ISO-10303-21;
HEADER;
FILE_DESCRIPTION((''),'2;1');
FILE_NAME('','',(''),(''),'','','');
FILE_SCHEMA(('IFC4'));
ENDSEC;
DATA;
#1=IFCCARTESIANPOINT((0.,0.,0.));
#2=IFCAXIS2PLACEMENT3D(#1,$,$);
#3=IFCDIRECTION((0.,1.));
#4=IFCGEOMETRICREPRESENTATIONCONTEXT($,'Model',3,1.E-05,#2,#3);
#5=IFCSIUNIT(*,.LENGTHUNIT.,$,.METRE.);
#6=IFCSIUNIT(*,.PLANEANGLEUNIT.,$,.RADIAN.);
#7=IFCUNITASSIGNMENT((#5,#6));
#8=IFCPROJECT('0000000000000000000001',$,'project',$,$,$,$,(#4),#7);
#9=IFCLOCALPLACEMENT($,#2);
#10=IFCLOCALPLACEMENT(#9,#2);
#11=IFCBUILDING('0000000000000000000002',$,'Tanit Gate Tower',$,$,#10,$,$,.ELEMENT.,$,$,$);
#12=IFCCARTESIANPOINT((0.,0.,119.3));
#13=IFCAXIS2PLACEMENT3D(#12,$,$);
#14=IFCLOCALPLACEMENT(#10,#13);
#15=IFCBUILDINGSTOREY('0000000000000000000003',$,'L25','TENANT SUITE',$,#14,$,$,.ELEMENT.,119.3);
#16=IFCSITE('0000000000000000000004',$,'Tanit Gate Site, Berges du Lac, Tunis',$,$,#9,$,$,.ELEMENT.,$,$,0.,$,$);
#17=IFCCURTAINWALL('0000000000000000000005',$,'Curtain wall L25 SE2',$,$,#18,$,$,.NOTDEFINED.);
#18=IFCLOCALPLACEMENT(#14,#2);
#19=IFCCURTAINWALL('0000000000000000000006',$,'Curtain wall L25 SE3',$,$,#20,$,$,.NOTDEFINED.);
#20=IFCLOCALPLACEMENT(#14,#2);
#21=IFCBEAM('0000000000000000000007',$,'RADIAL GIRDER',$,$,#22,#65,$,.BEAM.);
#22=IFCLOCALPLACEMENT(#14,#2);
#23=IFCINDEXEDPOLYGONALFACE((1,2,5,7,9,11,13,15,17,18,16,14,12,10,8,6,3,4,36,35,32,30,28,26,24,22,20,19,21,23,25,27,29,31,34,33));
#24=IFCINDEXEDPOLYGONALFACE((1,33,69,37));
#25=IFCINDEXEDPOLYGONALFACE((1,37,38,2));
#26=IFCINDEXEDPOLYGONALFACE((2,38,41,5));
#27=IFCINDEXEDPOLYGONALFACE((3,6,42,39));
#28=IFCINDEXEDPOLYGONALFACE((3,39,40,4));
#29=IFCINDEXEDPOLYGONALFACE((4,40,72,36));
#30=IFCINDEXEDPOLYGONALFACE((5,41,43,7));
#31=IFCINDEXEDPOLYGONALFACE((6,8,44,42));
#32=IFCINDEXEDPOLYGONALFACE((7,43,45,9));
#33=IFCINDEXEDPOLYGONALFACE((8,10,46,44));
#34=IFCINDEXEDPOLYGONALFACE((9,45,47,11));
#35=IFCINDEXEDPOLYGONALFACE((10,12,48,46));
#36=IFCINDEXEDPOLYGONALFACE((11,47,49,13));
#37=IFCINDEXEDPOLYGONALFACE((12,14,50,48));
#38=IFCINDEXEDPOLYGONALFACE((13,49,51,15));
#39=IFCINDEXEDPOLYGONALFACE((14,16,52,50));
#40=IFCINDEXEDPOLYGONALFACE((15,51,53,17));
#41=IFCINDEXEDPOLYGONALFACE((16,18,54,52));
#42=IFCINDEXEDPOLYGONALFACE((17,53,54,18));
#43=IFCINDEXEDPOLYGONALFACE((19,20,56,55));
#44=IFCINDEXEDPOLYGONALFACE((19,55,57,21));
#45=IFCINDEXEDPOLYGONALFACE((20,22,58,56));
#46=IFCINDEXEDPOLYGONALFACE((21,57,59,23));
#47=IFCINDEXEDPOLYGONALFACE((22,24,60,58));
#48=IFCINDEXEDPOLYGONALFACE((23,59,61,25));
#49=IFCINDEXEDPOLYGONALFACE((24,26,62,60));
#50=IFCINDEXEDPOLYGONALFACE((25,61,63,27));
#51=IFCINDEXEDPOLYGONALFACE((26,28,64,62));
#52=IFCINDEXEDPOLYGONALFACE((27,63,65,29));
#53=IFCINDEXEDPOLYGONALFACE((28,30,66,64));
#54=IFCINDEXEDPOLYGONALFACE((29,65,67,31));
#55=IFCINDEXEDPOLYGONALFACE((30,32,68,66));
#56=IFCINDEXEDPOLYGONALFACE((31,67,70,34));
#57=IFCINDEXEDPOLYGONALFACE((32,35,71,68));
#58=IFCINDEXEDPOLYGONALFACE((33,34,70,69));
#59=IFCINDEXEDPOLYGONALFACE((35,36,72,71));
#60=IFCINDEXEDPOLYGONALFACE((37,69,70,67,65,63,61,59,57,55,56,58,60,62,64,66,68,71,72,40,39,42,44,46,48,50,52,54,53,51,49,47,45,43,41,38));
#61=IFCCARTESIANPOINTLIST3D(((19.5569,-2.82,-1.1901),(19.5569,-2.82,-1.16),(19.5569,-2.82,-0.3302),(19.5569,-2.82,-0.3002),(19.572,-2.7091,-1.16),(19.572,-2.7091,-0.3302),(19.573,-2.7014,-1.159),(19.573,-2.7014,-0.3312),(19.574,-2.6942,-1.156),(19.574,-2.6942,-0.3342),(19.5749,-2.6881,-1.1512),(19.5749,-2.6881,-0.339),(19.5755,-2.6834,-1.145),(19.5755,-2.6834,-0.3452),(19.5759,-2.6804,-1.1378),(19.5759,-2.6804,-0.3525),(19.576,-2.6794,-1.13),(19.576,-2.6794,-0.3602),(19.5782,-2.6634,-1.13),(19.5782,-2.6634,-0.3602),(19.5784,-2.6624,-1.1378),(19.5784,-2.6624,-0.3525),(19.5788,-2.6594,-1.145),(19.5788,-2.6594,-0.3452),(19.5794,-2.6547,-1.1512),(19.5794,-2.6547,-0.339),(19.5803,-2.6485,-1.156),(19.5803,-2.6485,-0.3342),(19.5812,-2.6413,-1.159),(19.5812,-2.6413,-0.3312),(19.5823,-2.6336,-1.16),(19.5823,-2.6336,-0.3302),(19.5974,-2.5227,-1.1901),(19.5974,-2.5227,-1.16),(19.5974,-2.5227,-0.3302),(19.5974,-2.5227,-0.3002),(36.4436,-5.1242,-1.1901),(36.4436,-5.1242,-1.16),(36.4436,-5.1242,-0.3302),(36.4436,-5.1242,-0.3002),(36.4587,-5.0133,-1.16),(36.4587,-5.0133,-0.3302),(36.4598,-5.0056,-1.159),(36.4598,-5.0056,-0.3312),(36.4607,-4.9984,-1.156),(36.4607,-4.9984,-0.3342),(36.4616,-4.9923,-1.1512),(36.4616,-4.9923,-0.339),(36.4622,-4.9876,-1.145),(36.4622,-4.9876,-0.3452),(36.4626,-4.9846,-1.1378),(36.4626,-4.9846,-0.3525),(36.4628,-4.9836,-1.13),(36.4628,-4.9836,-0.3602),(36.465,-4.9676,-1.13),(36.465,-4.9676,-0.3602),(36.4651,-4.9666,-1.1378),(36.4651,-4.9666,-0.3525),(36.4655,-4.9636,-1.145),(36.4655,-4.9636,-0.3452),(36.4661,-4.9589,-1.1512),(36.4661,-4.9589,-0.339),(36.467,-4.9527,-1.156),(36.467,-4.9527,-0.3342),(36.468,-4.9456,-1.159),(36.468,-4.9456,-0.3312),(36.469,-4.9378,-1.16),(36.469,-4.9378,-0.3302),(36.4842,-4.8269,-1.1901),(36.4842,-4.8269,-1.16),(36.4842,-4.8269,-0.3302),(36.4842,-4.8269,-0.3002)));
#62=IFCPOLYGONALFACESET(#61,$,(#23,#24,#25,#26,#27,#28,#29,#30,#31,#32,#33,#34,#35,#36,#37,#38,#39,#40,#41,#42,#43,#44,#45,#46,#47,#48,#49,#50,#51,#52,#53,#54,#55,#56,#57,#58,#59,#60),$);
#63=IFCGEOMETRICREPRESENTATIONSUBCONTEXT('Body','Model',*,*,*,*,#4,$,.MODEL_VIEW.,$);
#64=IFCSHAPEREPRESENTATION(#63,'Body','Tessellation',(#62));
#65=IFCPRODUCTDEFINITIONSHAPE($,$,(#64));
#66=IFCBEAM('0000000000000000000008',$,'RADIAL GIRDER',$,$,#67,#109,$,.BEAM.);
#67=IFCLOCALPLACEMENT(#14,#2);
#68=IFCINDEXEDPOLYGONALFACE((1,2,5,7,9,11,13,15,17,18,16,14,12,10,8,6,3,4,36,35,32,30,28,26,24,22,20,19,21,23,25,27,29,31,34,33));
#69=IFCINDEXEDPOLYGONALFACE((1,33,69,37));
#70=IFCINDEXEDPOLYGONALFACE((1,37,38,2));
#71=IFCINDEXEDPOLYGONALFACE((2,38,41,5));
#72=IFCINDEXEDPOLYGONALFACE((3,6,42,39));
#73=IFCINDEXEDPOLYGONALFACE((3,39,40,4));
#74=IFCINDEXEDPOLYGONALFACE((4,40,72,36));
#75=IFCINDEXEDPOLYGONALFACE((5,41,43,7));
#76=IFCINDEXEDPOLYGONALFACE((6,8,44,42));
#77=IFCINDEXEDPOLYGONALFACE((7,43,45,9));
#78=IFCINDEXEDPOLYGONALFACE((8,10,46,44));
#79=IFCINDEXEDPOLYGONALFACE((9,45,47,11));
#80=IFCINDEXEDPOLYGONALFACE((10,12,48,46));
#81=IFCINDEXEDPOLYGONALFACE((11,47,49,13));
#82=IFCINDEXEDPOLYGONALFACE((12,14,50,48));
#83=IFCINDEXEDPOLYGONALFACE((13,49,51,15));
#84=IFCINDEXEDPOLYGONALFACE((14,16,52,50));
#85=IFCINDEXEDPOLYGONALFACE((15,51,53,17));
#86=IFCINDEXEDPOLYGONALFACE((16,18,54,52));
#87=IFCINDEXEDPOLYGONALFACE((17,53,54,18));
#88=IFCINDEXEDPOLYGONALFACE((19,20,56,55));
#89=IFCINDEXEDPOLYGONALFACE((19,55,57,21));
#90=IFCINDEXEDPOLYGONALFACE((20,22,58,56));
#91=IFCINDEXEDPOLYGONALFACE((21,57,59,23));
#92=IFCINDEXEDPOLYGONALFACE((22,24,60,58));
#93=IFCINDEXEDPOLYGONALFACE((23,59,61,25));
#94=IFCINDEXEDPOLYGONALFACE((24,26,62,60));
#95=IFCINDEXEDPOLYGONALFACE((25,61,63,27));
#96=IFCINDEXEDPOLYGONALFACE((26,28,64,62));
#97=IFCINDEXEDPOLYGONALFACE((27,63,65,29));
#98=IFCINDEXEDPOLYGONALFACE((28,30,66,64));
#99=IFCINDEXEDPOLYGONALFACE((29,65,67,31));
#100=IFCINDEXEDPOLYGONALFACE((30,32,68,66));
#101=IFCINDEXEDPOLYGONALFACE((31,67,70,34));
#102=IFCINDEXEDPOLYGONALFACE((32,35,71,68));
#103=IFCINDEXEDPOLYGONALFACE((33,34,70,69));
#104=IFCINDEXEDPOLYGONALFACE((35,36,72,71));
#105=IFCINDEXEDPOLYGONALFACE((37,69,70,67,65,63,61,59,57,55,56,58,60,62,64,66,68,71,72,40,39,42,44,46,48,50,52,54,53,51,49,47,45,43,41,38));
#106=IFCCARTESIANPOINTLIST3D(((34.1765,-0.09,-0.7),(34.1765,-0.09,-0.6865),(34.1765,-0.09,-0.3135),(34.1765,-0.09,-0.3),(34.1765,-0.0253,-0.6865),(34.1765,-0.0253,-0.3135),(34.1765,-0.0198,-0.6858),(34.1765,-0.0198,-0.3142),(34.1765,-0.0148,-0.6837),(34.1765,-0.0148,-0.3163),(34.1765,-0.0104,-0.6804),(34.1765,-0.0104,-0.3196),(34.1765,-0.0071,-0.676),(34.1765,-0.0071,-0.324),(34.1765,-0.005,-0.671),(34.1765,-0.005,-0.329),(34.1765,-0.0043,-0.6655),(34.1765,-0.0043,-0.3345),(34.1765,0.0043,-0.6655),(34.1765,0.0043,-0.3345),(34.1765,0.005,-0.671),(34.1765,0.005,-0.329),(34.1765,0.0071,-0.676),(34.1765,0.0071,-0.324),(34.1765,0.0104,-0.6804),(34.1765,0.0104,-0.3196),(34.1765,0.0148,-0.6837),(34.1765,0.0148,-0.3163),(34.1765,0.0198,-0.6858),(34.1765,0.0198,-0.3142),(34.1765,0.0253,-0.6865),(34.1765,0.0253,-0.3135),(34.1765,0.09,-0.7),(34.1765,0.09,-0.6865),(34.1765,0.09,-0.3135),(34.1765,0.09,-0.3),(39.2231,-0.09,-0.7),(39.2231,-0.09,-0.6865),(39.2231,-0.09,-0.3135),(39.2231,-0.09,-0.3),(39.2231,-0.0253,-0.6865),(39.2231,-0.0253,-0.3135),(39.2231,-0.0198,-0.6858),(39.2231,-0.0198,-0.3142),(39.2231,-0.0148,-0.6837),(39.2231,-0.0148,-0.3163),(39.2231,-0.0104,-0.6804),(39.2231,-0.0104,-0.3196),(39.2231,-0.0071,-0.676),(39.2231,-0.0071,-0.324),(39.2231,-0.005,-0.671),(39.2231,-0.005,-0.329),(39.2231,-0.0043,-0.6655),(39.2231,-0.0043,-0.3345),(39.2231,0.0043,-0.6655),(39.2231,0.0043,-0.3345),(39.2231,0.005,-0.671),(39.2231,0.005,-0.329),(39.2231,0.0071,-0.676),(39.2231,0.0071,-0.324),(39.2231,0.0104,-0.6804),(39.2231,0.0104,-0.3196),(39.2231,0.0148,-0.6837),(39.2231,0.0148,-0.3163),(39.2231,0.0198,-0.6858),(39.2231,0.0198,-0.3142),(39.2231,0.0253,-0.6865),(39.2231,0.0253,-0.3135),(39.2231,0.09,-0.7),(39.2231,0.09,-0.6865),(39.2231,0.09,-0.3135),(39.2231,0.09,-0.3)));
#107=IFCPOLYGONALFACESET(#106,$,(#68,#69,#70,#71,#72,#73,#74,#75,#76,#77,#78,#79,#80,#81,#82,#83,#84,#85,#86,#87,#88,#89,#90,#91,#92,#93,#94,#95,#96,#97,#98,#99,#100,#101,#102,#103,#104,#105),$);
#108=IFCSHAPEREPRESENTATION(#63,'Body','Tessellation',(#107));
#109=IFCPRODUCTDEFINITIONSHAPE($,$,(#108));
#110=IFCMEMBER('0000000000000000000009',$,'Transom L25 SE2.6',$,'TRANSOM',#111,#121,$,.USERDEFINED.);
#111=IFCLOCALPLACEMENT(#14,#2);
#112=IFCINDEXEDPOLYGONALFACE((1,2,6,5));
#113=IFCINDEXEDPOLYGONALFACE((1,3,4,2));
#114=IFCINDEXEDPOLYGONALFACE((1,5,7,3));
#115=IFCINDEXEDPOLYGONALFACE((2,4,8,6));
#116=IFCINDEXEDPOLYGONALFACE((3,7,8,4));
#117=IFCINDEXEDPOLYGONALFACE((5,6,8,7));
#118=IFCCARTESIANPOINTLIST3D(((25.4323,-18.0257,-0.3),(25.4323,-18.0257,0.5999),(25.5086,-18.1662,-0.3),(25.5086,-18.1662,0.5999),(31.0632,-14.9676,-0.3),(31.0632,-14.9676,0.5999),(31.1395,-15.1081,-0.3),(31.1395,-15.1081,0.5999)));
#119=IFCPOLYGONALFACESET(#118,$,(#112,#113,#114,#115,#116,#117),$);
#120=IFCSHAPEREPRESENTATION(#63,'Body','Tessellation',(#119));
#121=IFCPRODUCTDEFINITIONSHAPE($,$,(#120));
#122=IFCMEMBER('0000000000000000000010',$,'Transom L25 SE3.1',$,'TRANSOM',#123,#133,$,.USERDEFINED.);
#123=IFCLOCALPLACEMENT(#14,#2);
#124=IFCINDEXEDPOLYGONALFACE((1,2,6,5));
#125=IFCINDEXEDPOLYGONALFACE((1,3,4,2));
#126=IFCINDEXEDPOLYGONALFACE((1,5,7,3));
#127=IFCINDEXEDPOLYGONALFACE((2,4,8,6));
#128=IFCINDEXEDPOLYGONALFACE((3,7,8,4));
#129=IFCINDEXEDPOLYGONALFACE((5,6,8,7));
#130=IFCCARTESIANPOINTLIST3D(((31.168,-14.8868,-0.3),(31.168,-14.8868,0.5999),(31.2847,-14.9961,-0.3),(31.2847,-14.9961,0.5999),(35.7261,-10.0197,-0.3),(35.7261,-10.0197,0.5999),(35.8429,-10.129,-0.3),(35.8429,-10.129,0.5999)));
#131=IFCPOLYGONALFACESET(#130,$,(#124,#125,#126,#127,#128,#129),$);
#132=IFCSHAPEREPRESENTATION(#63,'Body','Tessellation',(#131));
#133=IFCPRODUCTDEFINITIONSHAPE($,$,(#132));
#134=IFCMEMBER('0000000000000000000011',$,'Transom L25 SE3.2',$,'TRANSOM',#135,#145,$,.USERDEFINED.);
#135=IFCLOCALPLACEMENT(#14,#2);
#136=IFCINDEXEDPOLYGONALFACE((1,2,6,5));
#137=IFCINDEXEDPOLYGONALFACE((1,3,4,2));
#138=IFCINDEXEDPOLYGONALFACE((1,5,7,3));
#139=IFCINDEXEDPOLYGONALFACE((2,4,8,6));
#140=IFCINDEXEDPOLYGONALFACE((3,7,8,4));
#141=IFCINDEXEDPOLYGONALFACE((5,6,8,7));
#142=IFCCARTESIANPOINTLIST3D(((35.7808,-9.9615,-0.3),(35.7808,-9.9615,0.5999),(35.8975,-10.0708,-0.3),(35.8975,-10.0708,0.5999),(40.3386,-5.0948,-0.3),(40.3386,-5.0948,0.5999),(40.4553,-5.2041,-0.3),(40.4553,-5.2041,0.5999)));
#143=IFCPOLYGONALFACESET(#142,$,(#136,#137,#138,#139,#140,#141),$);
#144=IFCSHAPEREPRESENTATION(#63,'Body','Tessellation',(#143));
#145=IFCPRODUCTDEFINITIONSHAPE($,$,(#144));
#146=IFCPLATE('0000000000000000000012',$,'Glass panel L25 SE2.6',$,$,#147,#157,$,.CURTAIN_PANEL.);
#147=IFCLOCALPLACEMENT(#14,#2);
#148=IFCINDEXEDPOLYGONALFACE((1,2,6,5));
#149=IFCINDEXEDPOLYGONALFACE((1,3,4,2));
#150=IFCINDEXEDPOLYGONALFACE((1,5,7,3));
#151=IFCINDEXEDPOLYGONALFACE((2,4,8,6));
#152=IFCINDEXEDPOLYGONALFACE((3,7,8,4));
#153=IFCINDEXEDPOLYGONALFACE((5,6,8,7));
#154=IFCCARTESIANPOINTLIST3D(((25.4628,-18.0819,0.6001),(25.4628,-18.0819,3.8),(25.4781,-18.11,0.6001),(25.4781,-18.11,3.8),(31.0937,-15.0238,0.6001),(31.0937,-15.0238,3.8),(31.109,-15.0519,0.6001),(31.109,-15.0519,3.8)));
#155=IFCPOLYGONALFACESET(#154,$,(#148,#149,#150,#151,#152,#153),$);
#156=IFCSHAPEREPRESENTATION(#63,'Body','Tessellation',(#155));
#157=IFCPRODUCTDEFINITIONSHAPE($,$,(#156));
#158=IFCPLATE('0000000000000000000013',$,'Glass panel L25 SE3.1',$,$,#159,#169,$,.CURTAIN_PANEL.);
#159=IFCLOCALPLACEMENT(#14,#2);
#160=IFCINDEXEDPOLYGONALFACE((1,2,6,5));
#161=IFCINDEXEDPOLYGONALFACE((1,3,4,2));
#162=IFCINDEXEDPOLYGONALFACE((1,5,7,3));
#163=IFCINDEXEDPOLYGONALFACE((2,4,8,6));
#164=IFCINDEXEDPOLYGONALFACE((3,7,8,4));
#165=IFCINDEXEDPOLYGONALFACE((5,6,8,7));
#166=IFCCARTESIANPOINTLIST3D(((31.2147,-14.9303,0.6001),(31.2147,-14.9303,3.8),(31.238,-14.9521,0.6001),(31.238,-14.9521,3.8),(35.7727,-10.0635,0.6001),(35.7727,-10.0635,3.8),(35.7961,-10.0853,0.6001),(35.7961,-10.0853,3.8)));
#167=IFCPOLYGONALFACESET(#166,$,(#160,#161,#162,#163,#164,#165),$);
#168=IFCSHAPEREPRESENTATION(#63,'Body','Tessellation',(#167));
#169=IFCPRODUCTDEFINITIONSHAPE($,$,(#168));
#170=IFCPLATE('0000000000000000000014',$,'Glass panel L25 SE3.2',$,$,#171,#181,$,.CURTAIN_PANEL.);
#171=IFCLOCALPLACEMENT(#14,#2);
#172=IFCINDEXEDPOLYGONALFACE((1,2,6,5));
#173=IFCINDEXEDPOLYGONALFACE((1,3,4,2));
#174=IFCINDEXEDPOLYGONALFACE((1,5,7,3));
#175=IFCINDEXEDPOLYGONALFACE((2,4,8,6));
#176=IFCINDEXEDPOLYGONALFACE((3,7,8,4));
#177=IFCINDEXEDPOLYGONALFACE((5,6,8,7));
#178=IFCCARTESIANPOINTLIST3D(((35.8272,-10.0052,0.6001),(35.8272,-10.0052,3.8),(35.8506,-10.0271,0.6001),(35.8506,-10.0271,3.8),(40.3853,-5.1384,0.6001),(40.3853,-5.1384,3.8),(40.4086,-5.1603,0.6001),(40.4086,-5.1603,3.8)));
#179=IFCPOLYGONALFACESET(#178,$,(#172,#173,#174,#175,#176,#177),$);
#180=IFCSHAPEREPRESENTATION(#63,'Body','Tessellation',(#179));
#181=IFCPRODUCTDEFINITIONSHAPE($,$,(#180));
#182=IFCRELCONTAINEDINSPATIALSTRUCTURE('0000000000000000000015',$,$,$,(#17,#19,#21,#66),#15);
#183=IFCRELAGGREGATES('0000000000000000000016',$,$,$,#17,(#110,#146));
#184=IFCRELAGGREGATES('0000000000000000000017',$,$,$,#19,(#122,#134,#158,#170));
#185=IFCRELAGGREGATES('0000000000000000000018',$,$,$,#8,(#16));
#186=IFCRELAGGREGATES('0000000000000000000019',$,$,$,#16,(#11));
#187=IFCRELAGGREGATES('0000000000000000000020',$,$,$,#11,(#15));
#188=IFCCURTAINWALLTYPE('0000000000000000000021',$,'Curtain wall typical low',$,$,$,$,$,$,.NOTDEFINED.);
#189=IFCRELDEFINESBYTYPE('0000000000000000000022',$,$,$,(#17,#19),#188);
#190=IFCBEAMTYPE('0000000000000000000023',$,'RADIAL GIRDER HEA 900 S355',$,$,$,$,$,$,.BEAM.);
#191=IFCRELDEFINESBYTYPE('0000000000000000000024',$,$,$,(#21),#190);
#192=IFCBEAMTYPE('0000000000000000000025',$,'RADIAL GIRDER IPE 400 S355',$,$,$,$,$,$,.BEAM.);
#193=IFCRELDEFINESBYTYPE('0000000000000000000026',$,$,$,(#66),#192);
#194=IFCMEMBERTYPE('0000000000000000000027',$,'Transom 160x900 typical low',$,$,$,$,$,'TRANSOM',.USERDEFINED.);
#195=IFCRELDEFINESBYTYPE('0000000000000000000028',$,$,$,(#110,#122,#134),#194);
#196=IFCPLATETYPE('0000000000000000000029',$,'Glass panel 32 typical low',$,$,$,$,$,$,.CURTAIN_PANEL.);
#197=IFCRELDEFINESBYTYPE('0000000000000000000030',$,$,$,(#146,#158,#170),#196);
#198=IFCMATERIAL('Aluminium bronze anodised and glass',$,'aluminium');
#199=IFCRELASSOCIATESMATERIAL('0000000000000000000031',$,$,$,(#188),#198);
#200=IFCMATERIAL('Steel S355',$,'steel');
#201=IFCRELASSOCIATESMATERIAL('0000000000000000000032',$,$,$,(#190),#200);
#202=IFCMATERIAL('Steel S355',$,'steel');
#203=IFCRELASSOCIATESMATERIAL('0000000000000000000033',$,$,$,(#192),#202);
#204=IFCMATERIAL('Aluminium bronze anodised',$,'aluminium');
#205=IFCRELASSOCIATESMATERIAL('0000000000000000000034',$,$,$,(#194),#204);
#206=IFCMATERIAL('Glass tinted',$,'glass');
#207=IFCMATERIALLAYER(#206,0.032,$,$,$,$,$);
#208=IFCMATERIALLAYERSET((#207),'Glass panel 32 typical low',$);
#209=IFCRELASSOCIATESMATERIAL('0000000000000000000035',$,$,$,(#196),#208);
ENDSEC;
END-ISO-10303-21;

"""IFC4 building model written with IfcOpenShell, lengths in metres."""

from ifc_helpers import new_model, si_unit, direction, frame, origin, origin_2d, place, context, subcontext, project, spatial, rectangle, i_section, extrude, material, layer, layer_set, material_profile, profile_set, type_object, element, aggregate, save


model = new_model("IFC4")

# Units and contexts
model_context = context("Model", 3, precision=1e-05, world=origin(), true_north=direction((0.0, 1.0)))
body_context = subcontext(model_context, "Body", "Model", "MODEL_VIEW")
ifc_project = project(units=[si_unit("LENGTHUNIT", "METRE"), si_unit("PLANEANGLEUNIT", "RADIAN")], contexts=[model_context])

# Site, building, storey
site_placement = place(None, origin())
site = spatial("IfcSite", under=ifc_project, at=site_placement, Name="Tanit Gate Site, Berges du Lac, Tunis", CompositionType="ELEMENT", RefElevation=0.0)
building_placement = place(site_placement, origin())
building = spatial("IfcBuilding", under=site, at=building_placement, Name="Tanit Gate Tower", CompositionType="ELEMENT")
storey_placement = place(building_placement, frame((0.0, 0.0, 119.3)))
storey = spatial("IfcBuildingStorey", under=building, at=storey_placement, Name="L25", Description="TENANT SUITE", CompositionType="ELEMENT", Elevation=119.3)

# Curtain wall
ifc_material_1 = material(Name="Aluminium bronze anodised and glass", Category="aluminium")
curtain_wall_type = type_object("IfcCurtainWallType", Name="Curtain wall typical low", PredefinedType="NOTDEFINED", material=ifc_material_1)
curtain_wall_1_placement = place(storey_placement, origin())
curtain_wall_1 = element("IfcCurtainWall", 1, at=curtain_wall_1_placement, inside=storey, type_object=curtain_wall_type, Name="Curtain wall L25 SE2", PredefinedType="NOTDEFINED")

# Curtain wall
curtain_wall_2_placement = place(storey_placement, origin())
curtain_wall_2 = element("IfcCurtainWall", 2, at=curtain_wall_2_placement, inside=storey, type_object=curtain_wall_type, Name="Curtain wall L25 SE3", PredefinedType="NOTDEFINED")

# Beams
ifc_material_2 = material(Name="Steel S355", Category="steel")
ifc_material_profile_1 = material_profile(ifc_material_2, i_section(OverallWidth=0.3, OverallDepth=0.8899, WebThickness=0.0161, FlangeThickness=0.03, FilletRadius=0.03, at=origin_2d()), Name="HEA 900")
ifc_profile_set_1 = profile_set([ifc_material_profile_1], Name="Steel S355")
beam_type_1 = type_object("IfcBeamType", Name="RADIAL GIRDER HEA 900 S355", PredefinedType="BEAM", material=ifc_profile_set_1)
beam_1_placement = place(storey_placement, frame((36.4639, -4.9756, -0.7451), z_axis=(-0.990819, 0.135198, 0.0), x_axis=(-0.135198, -0.990819, 0.0)))
element("IfcBeam", 3, at=beam_1_placement, inside=storey, type_object=beam_type_1, Name="RADIAL GIRDER", PredefinedType="BEAM", context=body_context, shape_type="SweptSolid", body=[
    extrude(i_section(OverallWidth=0.3, OverallDepth=0.8899, WebThickness=0.0161, FlangeThickness=0.03, FilletRadius=0.03, at=origin_2d()), origin(), (0.0, 0.0, 1.0), 17.0432),
])
ifc_material_3 = material(Name="Steel S355", Category="steel")
ifc_material_profile_2 = material_profile(ifc_material_3, i_section(OverallWidth=0.1799, OverallDepth=0.3999, WebThickness=0.0085, FlangeThickness=0.0134, FilletRadius=0.021, at=origin_2d()), Name="IPE 400")
ifc_profile_set_2 = profile_set([ifc_material_profile_2], Name="Steel S355")
beam_type_2 = type_object("IfcBeamType", Name="RADIAL GIRDER IPE 400 S355", PredefinedType="BEAM", material=ifc_profile_set_2)
beam_2_placement = place(storey_placement, frame((39.2231, 0.0, -0.5), z_axis=(-1.0, 0.0, 0.0), x_axis=(0.0, -1.0, 0.0)))
element("IfcBeam", 4, at=beam_2_placement, inside=storey, type_object=beam_type_2, Name="RADIAL GIRDER", PredefinedType="BEAM", context=body_context, shape_type="SweptSolid", body=[
    extrude(i_section(OverallWidth=0.1799, OverallDepth=0.3999, WebThickness=0.0085, FlangeThickness=0.0134, FilletRadius=0.021, at=origin_2d()), origin(), (0.0, 0.0, 1.0), 5.0466),
])

# Members
ifc_material_4 = material(Name="Aluminium bronze anodised", Category="aluminium")
ifc_material_profile_3 = material_profile(ifc_material_4, rectangle(XDim=0.1599, YDim=0.8999, at=origin_2d()), Name="160x900 bronze transom")
ifc_profile_set_3 = profile_set([ifc_material_profile_3], Name="Aluminium bronze anodised")
member_type_1 = type_object("IfcMemberType", Name="Transom 160x900 typical low", ElementType="TRANSOM", PredefinedType="USERDEFINED", material=ifc_profile_set_3)
member_1_placement = place(storey_placement, frame((25.4705, -18.0959, 0.1499), z_axis=(0.878765, 0.477255, 0.0), x_axis=(-0.477255, 0.878765, 0.0)))
member_1 = element("IfcMember", 5, at=member_1_placement, type_object=member_type_1, Name="Transom L25 SE2.6", ObjectType="TRANSOM", PredefinedType="USERDEFINED", context=body_context, shape_type="SweptSolid", body=[
    extrude(rectangle(XDim=0.1599, YDim=0.8999, at=origin_2d()), origin(), (0.0, 0.0, 1.0), 6.4077),
])
member_2_placement = place(storey_placement, frame((31.2263, -14.9414, 0.1499), z_axis=(0.68357, 0.729885, 0.0), x_axis=(-0.729885, 0.68357, 0.0)))
member_2 = element("IfcMember", 6, at=member_2_placement, type_object=member_type_1, Name="Transom L25 SE3.1", ObjectType="TRANSOM", PredefinedType="USERDEFINED", context=body_context, shape_type="SweptSolid", body=[
    extrude(rectangle(XDim=0.1599, YDim=0.8999, at=origin_2d()), origin(), (0.0, 0.0, 1.0), 6.6682),
])
member_3_placement = place(storey_placement, frame((35.8391, -10.0161, 0.1499), z_axis=(0.683568, 0.729887, 0.0), x_axis=(-0.729887, 0.683568, 0.0)))
member_3 = element("IfcMember", 7, at=member_3_placement, type_object=member_type_1, Name="Transom L25 SE3.2", ObjectType="TRANSOM", PredefinedType="USERDEFINED", context=body_context, shape_type="SweptSolid", body=[
    extrude(rectangle(XDim=0.1599, YDim=0.8999, at=origin_2d()), origin(), (0.0, 0.0, 1.0), 6.6677),
])

# Plates
ifc_material_5 = material(Name="Glass tinted", Category="glass")
ifc_layer_1 = layer(ifc_material_5, 0.032)
ifc_layer_set_1 = layer_set([ifc_layer_1], Name="Glass panel 32 typical low")
plate_type = type_object("IfcPlateType", Name="Glass panel 32 typical low", PredefinedType="CURTAIN_PANEL", material=ifc_layer_set_1)
plate_1_placement = place(storey_placement, frame((28.2859, -16.5669, 0.6001), z_axis=(0.0, 0.0, 1.0), x_axis=(0.878762, 0.477259, 0.0)))
plate_1 = element("IfcPlate", 8, at=plate_1_placement, type_object=plate_type, Name="Glass panel L25 SE2.6", PredefinedType="CURTAIN_PANEL", context=body_context, shape_type="SweptSolid", body=[
    extrude(rectangle(XDim=6.4077, YDim=0.032, at=origin_2d()), origin(), (0.0, 0.0, 1.0), 3.2),
])
aggregate(curtain_wall_1, [member_1, plate_1])
plate_2_placement = place(storey_placement, frame((33.5054, -12.5078, 0.6001), z_axis=(0.0, 0.0, 1.0), x_axis=(0.683577, 0.729879, 0.0)))
plate_2 = element("IfcPlate", 9, at=plate_2_placement, type_object=plate_type, Name="Glass panel L25 SE3.1", PredefinedType="CURTAIN_PANEL", context=body_context, shape_type="SweptSolid", body=[
    extrude(rectangle(XDim=6.668, YDim=0.032, at=origin_2d()), origin(), (0.0, 0.0, 1.0), 3.2),
])
plate_3_placement = place(storey_placement, frame((38.1179, -7.5828, 0.6001), z_axis=(0.0, 0.0, 1.0), x_axis=(0.683577, 0.729879, 0.0)))
plate_3 = element("IfcPlate", 10, at=plate_3_placement, type_object=plate_type, Name="Glass panel L25 SE3.2", PredefinedType="CURTAIN_PANEL", context=body_context, shape_type="SweptSolid", body=[
    extrude(rectangle(XDim=6.668, YDim=0.032, at=origin_2d()), origin(), (0.0, 0.0, 1.0), 3.2),
])
aggregate(curtain_wall_2, [member_2, member_3, plate_2, plate_3])

save(model, "model.ifc")
